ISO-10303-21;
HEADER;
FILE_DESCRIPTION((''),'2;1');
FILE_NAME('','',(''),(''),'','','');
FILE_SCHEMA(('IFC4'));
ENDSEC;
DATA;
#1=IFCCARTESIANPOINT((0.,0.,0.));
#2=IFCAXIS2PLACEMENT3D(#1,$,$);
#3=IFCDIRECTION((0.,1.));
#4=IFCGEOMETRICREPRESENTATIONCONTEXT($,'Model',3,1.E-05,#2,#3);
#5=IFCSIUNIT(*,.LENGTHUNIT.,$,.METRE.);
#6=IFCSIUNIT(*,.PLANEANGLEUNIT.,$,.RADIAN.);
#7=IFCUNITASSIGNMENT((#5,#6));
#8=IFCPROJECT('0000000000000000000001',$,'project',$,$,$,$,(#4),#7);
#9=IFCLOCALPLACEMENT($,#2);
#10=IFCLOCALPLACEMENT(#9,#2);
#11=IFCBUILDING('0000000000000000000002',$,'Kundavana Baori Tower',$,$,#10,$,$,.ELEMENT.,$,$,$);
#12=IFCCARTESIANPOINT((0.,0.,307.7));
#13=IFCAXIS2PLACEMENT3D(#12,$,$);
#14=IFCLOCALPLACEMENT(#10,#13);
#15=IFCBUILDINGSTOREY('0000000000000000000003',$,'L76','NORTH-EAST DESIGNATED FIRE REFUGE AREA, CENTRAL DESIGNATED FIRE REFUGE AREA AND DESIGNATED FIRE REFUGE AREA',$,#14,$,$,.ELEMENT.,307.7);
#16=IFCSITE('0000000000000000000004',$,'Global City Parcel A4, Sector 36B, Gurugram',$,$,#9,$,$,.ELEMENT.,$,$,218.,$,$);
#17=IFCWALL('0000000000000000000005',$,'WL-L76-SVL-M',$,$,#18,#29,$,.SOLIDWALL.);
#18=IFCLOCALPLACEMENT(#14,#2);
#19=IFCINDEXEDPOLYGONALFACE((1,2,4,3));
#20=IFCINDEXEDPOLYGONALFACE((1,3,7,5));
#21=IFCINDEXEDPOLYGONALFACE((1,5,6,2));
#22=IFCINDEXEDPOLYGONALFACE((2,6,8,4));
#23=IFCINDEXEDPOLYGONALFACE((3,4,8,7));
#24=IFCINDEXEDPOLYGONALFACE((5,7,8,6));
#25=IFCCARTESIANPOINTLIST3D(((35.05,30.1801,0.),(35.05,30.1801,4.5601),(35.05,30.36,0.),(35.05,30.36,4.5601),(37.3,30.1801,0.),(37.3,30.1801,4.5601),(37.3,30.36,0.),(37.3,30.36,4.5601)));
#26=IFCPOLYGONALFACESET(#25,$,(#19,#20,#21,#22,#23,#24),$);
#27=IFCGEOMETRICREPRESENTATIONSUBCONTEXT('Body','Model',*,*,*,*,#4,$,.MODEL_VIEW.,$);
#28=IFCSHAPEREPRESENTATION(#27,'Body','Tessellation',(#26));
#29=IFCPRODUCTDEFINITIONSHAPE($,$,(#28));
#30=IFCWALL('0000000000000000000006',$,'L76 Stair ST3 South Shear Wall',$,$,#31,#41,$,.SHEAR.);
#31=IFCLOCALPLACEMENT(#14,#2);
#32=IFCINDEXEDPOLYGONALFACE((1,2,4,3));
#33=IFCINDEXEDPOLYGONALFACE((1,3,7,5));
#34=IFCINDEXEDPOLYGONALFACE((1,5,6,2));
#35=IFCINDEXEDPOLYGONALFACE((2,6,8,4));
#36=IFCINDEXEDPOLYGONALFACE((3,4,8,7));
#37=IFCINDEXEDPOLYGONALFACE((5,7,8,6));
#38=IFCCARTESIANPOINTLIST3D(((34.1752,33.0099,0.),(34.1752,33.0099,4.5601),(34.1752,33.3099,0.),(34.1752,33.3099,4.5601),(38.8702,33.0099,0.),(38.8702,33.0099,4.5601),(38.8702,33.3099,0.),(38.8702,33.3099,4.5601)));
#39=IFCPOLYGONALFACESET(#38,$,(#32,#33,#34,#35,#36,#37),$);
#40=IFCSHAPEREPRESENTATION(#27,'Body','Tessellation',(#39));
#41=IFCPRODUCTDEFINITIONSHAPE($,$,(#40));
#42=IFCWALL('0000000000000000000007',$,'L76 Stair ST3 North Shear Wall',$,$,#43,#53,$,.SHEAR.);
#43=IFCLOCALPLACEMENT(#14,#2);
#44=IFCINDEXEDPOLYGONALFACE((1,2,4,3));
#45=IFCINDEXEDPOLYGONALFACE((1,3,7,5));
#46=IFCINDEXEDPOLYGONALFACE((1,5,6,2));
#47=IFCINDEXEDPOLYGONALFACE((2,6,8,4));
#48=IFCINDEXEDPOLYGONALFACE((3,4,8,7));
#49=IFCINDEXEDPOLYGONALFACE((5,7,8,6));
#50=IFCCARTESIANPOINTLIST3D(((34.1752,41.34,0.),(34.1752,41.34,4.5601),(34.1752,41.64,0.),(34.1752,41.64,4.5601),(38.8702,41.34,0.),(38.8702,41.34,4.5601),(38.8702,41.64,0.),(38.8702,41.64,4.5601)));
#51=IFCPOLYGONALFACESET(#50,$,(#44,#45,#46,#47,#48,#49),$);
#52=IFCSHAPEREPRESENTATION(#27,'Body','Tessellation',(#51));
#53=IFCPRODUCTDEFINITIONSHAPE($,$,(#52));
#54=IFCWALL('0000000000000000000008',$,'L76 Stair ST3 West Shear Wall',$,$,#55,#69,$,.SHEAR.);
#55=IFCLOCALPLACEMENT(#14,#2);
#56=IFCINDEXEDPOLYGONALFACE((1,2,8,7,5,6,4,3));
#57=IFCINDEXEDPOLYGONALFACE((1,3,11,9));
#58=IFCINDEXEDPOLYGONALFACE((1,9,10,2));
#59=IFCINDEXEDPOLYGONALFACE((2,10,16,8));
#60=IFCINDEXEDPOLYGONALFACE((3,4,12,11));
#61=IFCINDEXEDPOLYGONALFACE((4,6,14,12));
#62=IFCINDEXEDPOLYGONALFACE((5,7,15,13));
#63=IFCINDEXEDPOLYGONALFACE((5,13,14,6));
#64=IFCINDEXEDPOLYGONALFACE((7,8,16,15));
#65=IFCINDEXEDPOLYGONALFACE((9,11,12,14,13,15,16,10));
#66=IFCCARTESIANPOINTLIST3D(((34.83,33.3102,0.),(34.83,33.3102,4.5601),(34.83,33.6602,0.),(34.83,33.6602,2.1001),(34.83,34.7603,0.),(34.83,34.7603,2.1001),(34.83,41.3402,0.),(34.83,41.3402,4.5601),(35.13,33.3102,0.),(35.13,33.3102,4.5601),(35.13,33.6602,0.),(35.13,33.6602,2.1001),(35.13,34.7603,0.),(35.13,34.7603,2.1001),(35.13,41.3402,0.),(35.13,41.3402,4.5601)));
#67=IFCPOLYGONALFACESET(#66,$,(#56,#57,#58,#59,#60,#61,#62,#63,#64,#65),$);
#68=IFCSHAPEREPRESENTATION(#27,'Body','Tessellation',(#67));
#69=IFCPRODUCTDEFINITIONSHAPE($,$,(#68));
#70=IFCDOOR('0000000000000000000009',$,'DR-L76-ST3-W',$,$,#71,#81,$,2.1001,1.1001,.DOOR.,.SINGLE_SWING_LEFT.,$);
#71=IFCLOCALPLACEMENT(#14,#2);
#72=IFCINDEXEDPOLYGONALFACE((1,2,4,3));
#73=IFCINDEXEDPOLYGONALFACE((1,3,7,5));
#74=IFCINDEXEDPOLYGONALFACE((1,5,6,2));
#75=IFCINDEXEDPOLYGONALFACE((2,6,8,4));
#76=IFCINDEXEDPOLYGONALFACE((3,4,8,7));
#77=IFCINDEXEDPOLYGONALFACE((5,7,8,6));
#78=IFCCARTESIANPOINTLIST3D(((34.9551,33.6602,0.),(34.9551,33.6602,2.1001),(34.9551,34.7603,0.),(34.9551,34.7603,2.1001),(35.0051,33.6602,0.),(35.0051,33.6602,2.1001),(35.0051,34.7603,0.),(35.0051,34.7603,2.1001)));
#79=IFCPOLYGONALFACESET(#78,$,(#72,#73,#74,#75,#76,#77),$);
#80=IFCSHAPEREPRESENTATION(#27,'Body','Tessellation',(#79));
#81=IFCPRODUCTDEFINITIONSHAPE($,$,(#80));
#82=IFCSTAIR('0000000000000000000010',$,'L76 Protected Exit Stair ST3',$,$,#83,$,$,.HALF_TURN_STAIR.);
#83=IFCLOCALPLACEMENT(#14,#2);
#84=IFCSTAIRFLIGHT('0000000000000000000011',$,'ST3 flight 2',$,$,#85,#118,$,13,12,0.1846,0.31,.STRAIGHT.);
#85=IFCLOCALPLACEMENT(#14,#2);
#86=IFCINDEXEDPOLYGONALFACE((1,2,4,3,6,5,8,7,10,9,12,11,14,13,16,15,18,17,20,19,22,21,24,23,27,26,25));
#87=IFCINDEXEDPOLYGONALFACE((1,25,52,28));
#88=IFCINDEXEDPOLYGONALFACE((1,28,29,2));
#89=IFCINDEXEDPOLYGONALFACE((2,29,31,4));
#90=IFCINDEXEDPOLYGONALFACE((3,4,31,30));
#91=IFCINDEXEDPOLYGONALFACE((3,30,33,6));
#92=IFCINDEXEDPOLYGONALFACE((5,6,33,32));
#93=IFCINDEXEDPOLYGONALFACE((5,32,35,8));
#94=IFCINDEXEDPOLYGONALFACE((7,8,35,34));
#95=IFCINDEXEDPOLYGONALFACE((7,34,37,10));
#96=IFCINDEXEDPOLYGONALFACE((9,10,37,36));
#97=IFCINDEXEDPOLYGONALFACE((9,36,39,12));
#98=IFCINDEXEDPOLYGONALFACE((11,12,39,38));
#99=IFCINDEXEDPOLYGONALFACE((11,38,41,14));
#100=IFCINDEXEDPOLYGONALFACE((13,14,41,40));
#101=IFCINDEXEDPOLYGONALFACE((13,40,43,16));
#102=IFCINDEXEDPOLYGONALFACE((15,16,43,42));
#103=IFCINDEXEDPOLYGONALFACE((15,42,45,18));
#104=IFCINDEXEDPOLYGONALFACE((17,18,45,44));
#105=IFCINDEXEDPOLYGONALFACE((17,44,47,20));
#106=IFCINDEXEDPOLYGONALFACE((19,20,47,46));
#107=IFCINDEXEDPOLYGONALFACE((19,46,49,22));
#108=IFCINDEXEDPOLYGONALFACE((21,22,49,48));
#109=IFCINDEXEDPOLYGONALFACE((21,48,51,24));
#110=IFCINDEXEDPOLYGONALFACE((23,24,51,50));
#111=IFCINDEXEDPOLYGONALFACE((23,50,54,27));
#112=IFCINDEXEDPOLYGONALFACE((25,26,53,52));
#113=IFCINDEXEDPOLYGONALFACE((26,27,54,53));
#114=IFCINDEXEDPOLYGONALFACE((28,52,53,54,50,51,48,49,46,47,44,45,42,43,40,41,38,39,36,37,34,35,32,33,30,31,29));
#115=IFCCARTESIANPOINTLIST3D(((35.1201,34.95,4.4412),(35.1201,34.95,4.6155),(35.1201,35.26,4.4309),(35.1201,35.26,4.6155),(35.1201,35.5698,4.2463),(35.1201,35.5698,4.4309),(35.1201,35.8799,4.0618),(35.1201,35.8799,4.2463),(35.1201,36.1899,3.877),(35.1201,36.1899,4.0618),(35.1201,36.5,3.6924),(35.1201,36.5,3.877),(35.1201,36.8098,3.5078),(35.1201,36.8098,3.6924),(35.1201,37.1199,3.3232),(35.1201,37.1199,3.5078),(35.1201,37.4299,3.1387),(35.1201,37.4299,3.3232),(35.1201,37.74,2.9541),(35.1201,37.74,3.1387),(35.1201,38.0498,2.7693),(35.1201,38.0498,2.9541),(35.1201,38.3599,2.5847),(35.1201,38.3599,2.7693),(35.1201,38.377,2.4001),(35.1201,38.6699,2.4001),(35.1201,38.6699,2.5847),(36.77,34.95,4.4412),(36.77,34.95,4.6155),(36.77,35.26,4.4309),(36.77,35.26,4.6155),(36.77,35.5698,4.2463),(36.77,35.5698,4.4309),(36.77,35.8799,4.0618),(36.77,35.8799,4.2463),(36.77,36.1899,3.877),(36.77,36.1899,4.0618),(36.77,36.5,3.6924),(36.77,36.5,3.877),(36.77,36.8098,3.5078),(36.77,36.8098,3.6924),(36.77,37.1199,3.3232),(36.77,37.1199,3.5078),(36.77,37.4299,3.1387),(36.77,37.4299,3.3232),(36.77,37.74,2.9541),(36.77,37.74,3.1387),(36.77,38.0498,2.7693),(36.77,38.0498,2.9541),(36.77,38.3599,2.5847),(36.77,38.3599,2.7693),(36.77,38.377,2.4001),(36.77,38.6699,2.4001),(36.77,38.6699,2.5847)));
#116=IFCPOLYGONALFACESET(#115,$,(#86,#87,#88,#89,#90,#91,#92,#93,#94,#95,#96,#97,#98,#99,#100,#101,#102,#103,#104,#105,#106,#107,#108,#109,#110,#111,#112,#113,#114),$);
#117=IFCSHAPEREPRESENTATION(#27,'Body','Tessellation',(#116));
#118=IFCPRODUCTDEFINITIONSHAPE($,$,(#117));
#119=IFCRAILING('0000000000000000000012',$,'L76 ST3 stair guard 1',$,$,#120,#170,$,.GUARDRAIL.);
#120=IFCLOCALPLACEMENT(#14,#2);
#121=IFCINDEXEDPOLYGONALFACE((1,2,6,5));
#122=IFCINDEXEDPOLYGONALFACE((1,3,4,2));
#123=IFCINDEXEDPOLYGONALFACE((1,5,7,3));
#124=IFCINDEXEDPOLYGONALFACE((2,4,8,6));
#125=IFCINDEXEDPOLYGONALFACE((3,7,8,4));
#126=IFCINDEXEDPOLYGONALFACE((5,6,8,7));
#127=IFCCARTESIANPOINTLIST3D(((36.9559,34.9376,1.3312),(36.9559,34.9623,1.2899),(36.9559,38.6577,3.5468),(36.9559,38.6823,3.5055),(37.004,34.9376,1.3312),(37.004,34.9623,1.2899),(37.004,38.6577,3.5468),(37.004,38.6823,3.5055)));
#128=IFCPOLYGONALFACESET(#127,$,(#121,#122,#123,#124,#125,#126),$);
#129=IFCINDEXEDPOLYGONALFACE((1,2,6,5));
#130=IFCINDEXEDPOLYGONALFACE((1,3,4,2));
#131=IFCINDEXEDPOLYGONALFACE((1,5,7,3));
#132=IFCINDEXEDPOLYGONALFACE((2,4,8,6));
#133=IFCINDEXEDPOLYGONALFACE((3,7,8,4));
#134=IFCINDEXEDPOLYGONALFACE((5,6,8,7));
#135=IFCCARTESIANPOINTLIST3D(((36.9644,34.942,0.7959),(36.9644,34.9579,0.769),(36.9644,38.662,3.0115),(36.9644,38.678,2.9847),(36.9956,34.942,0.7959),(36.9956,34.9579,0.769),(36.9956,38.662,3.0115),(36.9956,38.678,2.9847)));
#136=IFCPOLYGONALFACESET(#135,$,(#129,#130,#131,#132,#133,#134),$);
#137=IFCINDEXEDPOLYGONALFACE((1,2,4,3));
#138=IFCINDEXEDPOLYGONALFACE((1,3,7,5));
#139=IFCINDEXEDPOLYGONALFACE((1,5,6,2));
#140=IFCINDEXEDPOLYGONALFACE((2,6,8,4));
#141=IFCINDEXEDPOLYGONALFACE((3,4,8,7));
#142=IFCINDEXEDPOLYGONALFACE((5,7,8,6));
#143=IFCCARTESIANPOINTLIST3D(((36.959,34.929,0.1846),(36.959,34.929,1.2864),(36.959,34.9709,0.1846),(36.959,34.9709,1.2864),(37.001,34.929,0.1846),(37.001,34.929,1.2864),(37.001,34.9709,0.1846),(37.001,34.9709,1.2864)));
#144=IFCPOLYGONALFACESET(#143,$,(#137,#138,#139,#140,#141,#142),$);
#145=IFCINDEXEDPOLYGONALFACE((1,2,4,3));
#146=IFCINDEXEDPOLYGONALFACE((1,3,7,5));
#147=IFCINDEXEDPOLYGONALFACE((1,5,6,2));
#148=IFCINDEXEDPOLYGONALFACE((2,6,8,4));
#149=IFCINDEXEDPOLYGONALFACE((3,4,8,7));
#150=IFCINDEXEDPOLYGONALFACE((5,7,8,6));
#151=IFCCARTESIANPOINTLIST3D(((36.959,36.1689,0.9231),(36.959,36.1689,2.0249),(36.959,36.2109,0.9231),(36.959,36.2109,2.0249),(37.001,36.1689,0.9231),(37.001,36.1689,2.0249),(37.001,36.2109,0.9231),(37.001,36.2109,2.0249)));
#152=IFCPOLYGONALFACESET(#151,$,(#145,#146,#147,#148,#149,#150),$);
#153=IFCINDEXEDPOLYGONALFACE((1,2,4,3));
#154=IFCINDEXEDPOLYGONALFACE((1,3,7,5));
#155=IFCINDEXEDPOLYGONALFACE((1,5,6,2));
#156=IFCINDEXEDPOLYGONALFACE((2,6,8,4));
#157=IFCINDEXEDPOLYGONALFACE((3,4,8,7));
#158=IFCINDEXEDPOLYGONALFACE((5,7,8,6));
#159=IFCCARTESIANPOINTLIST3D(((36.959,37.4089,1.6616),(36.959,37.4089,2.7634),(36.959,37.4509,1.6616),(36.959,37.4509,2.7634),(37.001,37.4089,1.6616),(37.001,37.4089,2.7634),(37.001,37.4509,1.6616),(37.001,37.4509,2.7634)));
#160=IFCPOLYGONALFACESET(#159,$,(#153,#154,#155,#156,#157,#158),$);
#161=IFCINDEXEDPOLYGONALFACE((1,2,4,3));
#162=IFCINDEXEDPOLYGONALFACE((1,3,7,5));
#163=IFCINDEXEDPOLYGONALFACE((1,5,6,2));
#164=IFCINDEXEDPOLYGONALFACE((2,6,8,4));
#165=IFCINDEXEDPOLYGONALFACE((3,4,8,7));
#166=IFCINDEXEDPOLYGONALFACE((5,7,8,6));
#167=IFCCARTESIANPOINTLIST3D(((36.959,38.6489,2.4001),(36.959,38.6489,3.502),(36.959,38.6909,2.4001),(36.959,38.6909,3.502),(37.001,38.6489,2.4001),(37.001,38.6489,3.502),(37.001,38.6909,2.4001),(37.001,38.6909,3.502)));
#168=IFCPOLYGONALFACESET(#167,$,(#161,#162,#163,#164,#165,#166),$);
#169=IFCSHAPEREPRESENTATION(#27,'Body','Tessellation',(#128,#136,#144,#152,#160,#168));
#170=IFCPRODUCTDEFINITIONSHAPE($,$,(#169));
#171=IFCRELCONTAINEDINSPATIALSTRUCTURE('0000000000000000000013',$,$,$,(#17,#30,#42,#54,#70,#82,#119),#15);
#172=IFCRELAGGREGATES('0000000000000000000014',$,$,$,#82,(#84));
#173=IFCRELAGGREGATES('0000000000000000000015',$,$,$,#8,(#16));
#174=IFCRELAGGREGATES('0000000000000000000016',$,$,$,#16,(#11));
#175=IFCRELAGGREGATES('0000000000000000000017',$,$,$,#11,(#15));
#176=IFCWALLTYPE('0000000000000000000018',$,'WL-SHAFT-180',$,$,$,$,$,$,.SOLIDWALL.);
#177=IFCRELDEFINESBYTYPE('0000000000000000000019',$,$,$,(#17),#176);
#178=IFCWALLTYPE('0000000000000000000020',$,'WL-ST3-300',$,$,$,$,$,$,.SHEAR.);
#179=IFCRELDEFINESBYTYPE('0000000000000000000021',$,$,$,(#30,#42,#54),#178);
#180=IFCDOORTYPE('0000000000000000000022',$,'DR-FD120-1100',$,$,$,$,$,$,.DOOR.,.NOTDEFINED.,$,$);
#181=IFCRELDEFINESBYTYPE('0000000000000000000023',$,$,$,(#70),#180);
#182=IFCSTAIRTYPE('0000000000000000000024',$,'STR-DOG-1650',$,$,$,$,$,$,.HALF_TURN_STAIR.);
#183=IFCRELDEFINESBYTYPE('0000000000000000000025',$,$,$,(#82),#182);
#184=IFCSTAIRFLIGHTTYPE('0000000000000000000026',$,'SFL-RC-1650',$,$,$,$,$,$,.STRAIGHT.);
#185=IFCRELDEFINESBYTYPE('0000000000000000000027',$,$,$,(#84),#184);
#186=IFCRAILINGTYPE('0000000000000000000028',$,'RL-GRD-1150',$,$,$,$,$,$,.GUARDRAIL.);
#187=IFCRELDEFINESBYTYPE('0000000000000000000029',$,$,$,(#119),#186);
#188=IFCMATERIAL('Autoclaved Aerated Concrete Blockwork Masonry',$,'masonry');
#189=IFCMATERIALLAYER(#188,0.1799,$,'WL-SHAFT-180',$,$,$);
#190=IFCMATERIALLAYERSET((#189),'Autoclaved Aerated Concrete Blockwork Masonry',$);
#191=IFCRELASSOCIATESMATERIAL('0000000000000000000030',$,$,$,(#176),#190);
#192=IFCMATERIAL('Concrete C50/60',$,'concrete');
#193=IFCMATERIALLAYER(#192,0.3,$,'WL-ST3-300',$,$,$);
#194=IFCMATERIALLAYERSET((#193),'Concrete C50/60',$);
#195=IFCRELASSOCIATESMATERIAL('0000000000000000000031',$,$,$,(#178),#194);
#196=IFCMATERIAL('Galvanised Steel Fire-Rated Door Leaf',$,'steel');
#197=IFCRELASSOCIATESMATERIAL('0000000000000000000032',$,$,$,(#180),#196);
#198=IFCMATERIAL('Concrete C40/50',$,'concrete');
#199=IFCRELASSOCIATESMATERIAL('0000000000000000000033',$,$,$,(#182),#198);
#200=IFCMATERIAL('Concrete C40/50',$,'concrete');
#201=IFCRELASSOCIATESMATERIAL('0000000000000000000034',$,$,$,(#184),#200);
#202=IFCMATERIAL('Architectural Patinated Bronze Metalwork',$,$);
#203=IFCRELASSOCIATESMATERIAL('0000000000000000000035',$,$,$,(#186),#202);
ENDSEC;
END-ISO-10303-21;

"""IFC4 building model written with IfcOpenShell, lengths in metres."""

from ifc_helpers import new_model, si_unit, direction, frame, frame_2d, origin, origin_2d, place, context, subcontext, project, spatial, polyline, rectangle, outline, extrude, material, layer, layer_set, type_object, element, fill, aggregate, save


model = new_model("IFC4")

# Units and contexts
model_context = context("Model", 3, precision=1e-05, world=origin(), true_north=direction((0.0, 1.0)))
body_context = subcontext(model_context, "Body", "Model", "MODEL_VIEW")
ifc_project = project(units=[si_unit("LENGTHUNIT", "METRE"), si_unit("PLANEANGLEUNIT", "RADIAN")], contexts=[model_context])

# Site, building, storey
site_placement = place(None, origin())
site = spatial("IfcSite", under=ifc_project, at=site_placement, Name="Global City Parcel A4, Sector 36B, Gurugram", CompositionType="ELEMENT", RefElevation=218.0)
building_placement = place(site_placement, origin())
building = spatial("IfcBuilding", under=site, at=building_placement, Name="Kundavana Baori Tower", CompositionType="ELEMENT")
storey_placement = place(building_placement, frame((0.0, 0.0, 307.7)))
storey = spatial("IfcBuildingStorey", under=building, at=storey_placement, Name="L76", Description="NORTH-EAST DESIGNATED FIRE REFUGE AREA, CENTRAL DESIGNATED FIRE REFUGE AREA AND DESIGNATED FIRE REFUGE AREA", CompositionType="ELEMENT", Elevation=307.7)

# Walls
ifc_material_1 = material(Name="Autoclaved Aerated Concrete Blockwork Masonry", Category="masonry")
ifc_layer_1 = layer(ifc_material_1, 0.1799, Name="WL-SHAFT-180")
ifc_layer_set_1 = layer_set([ifc_layer_1], Name="Autoclaved Aerated Concrete Blockwork Masonry")
wall_type_1 = type_object("IfcWallType", Name="WL-SHAFT-180", PredefinedType="SOLIDWALL", material=ifc_layer_set_1)
for number, where, z_axis, x_axis, name in (
    (1, (35.05, 30.27, 0.0), (0.0, 0.0, 1.0), (1.0, 0.0, 0.0), "WL-L76-SVL-M"),
):
    element("IfcWall", number, at=place(storey_placement, frame(where, z_axis=z_axis, x_axis=x_axis)), inside=storey, type_object=wall_type_1, Name=name, PredefinedType="SOLIDWALL", context=body_context, shape_type="SweptSolid", body=[
        extrude(rectangle(XDim=2.25, YDim=0.1799, at=frame_2d((1.125, 0.0))), origin(), (0.0, 0.0, 1.0), 4.5601),
    ])
ifc_material_2 = material(Name="Concrete C50/60", Category="concrete")
ifc_layer_2 = layer(ifc_material_2, 0.3, Name="WL-ST3-300")
ifc_layer_set_2 = layer_set([ifc_layer_2], Name="Concrete C50/60")
wall_type_2 = type_object("IfcWallType", Name="WL-ST3-300", PredefinedType="SHEAR", material=ifc_layer_set_2)
for number, where, z_axis, x_axis, name in (
    (2, (34.175, 33.1599, 0.0), (0.0, 0.0, 1.0), (1.0, 0.0, 0.0), "L76 Stair ST3 South Shear Wall"),
    (3, (34.175, 41.49, 0.0), (0.0, 0.0, 1.0), (1.0, 0.0, 0.0), "L76 Stair ST3 North Shear Wall"),
):
    element("IfcWall", number, at=place(storey_placement, frame(where, z_axis=z_axis, x_axis=x_axis)), inside=storey, type_object=wall_type_2, Name=name, PredefinedType="SHEAR", context=body_context, shape_type="SweptSolid", body=[
        extrude(rectangle(XDim=4.6951, YDim=0.3, at=frame_2d((2.3477, 0.0))), origin(), (0.0, 0.0, 1.0), 4.5601),
    ])

# Wall, opening, door
wall_1_placement = place(storey_placement, frame((34.98, 33.3101, 0.0), z_axis=(0.0, 0.0, 1.0), x_axis=(0.0, 1.0, 0.0)))
wall_1 = element("IfcWall", 4, at=wall_1_placement, inside=storey, type_object=wall_type_2, Name="L76 Stair ST3 West Shear Wall", PredefinedType="SHEAR", context=body_context, shape_type="SweptSolid", body=[
    extrude(rectangle(XDim=8.03, YDim=0.3, at=frame_2d((4.0151, 0.0))), origin(), (0.0, 0.0, 1.0), 4.5601),
])
opening_placement = place(wall_1_placement, frame((0.3501, 0.0, 0.0)))
opening = element("IfcOpeningElement", 5, at=opening_placement, cuts=wall_1, PredefinedType="OPENING", context=body_context, shape_type="SweptSolid", body=[
    extrude(rectangle(XDim=1.1001, YDim=2.1001, at=frame_2d((0.55, 1.05))), frame((0.0, 0.1602, 0.0), z_axis=(0.0, -1.0, 0.0), x_axis=(1.0, 0.0, 0.0)), (0.0, 0.0, 1.0), 0.3201),
])
ifc_material_3 = material(Name="Galvanised Steel Fire-Rated Door Leaf", Category="steel")
door_type = type_object("IfcDoorType", Name="DR-FD120-1100", OperationType="NOTDEFINED", PredefinedType="DOOR", material=ifc_material_3)
door_placement = place(opening_placement, origin())
door = element("IfcDoor", 6, at=door_placement, inside=storey, type_object=door_type, Name="DR-L76-ST3-W", OperationType="SINGLE_SWING_LEFT", OverallHeight=2.1001, OverallWidth=1.1001, PredefinedType="DOOR", context=body_context, shape_type="SweptSolid", body=[
    extrude(rectangle(XDim=1.1001, YDim=2.1001, at=frame_2d((0.55, 1.05))), frame((0.0, 0.0249, 0.0), z_axis=(0.0, -1.0, 0.0), x_axis=(1.0, 0.0, 0.0)), (0.0, 0.0, 1.0), 0.05),
])
fill(opening, door)

# Stair, stair flight
ifc_material_4 = material(Name="Concrete C40/50", Category="concrete")
stair_type = type_object("IfcStairType", Name="STR-DOG-1650", PredefinedType="HALF_TURN_STAIR", material=ifc_material_4)
stair_placement = place(storey_placement, origin())
stair = element("IfcStair", 7, at=stair_placement, inside=storey, type_object=stair_type, Name="L76 Protected Exit Stair ST3", PredefinedType="HALF_TURN_STAIR")
ifc_material_5 = material(Name="Concrete C40/50", Category="concrete")
stair_flight_type = type_object("IfcStairFlightType", Name="SFL-RC-1650", PredefinedType="STRAIGHT", material=ifc_material_5)
stair_flight_placement = place(storey_placement, frame((35.9451, 38.6699, 2.4001), z_axis=(0.0, 0.0, 1.0), x_axis=(0.0, -1.0, 0.0)))
stair_flight = element("IfcStairFlight", 8, at=stair_flight_placement, type_object=stair_flight_type, Name="ST3 flight 2", NumberOfRisers=13, NumberOfTreads=12, PredefinedType="STRAIGHT", RiserHeight=0.1846, TreadLength=0.31, context=body_context, shape_type="SweptSolid", body=[
    extrude(outline(polyline([(0.0, 0.0), (0.0, 0.1846), (0.3101, 0.1846), (0.3101, 0.3691), (0.6201, 0.3691), (0.6201, 0.554), (0.9299, 0.554), (0.9299, 0.7385), (1.24, 0.7385), (1.24, 0.9231), (1.55, 0.9231), (1.55, 1.1077), (1.8601, 1.1077), (1.8601, 1.2922), (2.1699, 1.2922), (2.1699, 1.4768), (2.48, 1.4768), (2.48, 1.6616), (2.79, 1.6616), (2.79, 1.8462), (3.1001, 1.8462), (3.1001, 2.0308), (3.4099, 2.0308), (3.4099, 2.2153), (3.72, 2.2153), (3.72, 2.3999), (3.72, 2.041), (0.293, 0.0), (0.0, 0.0)])), frame((0.0, 0.825, 0.0), z_axis=(0.0, -1.0, 0.0), x_axis=(1.0, 0.0, 0.0)), (0.0, 0.0, 1.0), 1.6499),
])
aggregate(stair, [stair_flight])

# Railing
ifc_material_6 = material(Name="Architectural Patinated Bronze Metalwork")
railing_type_1 = type_object("IfcRailingType", Name="RL-GRD-1150", PredefinedType="GUARDRAIL", material=ifc_material_6)
railing_1_placement = place(storey_placement, frame((36.98, 34.95, 0.1846)))
element("IfcRailing", 9, at=railing_1_placement, inside=storey, type_object=railing_type_1, Name="L76 ST3 stair guard 1", PredefinedType="GUARDRAIL", context=body_context, shape_type="SweptSolid", body=[
    extrude(rectangle(XDim=0.0481, YDim=0.0481, at=origin_2d()), frame((0.0, 0.0, 1.126), z_axis=(0.0, 0.85916, 0.511707), x_axis=(-1.0, 0.0, 0.0)), (0.0, 0.0, 1.0), 4.3298),
    extrude(rectangle(XDim=0.0312, YDim=0.0312, at=origin_2d()), frame((0.0, 0.0, 0.5979), z_axis=(0.0, 0.85916, 0.511707), x_axis=(-1.0, 0.0, 0.0)), (0.0, 0.0, 1.0), 4.3298),
    extrude(rectangle(XDim=0.042, YDim=0.042, at=origin_2d()), origin(), (0.0, 0.0, 1.0), 1.1018),
    extrude(rectangle(XDim=0.042, YDim=0.042, at=origin_2d()), frame((0.0, 1.24, 0.7385)), (0.0, 0.0, 1.0), 1.1018),
    extrude(rectangle(XDim=0.042, YDim=0.042, at=origin_2d()), frame((0.0, 2.48, 1.4771)), (0.0, 0.0, 1.0), 1.1018),
    extrude(rectangle(XDim=0.042, YDim=0.042, at=origin_2d()), frame((0.0, 3.72, 2.2156)), (0.0, 0.0, 1.0), 1.1018),
])

save(model, "model.ifc")
